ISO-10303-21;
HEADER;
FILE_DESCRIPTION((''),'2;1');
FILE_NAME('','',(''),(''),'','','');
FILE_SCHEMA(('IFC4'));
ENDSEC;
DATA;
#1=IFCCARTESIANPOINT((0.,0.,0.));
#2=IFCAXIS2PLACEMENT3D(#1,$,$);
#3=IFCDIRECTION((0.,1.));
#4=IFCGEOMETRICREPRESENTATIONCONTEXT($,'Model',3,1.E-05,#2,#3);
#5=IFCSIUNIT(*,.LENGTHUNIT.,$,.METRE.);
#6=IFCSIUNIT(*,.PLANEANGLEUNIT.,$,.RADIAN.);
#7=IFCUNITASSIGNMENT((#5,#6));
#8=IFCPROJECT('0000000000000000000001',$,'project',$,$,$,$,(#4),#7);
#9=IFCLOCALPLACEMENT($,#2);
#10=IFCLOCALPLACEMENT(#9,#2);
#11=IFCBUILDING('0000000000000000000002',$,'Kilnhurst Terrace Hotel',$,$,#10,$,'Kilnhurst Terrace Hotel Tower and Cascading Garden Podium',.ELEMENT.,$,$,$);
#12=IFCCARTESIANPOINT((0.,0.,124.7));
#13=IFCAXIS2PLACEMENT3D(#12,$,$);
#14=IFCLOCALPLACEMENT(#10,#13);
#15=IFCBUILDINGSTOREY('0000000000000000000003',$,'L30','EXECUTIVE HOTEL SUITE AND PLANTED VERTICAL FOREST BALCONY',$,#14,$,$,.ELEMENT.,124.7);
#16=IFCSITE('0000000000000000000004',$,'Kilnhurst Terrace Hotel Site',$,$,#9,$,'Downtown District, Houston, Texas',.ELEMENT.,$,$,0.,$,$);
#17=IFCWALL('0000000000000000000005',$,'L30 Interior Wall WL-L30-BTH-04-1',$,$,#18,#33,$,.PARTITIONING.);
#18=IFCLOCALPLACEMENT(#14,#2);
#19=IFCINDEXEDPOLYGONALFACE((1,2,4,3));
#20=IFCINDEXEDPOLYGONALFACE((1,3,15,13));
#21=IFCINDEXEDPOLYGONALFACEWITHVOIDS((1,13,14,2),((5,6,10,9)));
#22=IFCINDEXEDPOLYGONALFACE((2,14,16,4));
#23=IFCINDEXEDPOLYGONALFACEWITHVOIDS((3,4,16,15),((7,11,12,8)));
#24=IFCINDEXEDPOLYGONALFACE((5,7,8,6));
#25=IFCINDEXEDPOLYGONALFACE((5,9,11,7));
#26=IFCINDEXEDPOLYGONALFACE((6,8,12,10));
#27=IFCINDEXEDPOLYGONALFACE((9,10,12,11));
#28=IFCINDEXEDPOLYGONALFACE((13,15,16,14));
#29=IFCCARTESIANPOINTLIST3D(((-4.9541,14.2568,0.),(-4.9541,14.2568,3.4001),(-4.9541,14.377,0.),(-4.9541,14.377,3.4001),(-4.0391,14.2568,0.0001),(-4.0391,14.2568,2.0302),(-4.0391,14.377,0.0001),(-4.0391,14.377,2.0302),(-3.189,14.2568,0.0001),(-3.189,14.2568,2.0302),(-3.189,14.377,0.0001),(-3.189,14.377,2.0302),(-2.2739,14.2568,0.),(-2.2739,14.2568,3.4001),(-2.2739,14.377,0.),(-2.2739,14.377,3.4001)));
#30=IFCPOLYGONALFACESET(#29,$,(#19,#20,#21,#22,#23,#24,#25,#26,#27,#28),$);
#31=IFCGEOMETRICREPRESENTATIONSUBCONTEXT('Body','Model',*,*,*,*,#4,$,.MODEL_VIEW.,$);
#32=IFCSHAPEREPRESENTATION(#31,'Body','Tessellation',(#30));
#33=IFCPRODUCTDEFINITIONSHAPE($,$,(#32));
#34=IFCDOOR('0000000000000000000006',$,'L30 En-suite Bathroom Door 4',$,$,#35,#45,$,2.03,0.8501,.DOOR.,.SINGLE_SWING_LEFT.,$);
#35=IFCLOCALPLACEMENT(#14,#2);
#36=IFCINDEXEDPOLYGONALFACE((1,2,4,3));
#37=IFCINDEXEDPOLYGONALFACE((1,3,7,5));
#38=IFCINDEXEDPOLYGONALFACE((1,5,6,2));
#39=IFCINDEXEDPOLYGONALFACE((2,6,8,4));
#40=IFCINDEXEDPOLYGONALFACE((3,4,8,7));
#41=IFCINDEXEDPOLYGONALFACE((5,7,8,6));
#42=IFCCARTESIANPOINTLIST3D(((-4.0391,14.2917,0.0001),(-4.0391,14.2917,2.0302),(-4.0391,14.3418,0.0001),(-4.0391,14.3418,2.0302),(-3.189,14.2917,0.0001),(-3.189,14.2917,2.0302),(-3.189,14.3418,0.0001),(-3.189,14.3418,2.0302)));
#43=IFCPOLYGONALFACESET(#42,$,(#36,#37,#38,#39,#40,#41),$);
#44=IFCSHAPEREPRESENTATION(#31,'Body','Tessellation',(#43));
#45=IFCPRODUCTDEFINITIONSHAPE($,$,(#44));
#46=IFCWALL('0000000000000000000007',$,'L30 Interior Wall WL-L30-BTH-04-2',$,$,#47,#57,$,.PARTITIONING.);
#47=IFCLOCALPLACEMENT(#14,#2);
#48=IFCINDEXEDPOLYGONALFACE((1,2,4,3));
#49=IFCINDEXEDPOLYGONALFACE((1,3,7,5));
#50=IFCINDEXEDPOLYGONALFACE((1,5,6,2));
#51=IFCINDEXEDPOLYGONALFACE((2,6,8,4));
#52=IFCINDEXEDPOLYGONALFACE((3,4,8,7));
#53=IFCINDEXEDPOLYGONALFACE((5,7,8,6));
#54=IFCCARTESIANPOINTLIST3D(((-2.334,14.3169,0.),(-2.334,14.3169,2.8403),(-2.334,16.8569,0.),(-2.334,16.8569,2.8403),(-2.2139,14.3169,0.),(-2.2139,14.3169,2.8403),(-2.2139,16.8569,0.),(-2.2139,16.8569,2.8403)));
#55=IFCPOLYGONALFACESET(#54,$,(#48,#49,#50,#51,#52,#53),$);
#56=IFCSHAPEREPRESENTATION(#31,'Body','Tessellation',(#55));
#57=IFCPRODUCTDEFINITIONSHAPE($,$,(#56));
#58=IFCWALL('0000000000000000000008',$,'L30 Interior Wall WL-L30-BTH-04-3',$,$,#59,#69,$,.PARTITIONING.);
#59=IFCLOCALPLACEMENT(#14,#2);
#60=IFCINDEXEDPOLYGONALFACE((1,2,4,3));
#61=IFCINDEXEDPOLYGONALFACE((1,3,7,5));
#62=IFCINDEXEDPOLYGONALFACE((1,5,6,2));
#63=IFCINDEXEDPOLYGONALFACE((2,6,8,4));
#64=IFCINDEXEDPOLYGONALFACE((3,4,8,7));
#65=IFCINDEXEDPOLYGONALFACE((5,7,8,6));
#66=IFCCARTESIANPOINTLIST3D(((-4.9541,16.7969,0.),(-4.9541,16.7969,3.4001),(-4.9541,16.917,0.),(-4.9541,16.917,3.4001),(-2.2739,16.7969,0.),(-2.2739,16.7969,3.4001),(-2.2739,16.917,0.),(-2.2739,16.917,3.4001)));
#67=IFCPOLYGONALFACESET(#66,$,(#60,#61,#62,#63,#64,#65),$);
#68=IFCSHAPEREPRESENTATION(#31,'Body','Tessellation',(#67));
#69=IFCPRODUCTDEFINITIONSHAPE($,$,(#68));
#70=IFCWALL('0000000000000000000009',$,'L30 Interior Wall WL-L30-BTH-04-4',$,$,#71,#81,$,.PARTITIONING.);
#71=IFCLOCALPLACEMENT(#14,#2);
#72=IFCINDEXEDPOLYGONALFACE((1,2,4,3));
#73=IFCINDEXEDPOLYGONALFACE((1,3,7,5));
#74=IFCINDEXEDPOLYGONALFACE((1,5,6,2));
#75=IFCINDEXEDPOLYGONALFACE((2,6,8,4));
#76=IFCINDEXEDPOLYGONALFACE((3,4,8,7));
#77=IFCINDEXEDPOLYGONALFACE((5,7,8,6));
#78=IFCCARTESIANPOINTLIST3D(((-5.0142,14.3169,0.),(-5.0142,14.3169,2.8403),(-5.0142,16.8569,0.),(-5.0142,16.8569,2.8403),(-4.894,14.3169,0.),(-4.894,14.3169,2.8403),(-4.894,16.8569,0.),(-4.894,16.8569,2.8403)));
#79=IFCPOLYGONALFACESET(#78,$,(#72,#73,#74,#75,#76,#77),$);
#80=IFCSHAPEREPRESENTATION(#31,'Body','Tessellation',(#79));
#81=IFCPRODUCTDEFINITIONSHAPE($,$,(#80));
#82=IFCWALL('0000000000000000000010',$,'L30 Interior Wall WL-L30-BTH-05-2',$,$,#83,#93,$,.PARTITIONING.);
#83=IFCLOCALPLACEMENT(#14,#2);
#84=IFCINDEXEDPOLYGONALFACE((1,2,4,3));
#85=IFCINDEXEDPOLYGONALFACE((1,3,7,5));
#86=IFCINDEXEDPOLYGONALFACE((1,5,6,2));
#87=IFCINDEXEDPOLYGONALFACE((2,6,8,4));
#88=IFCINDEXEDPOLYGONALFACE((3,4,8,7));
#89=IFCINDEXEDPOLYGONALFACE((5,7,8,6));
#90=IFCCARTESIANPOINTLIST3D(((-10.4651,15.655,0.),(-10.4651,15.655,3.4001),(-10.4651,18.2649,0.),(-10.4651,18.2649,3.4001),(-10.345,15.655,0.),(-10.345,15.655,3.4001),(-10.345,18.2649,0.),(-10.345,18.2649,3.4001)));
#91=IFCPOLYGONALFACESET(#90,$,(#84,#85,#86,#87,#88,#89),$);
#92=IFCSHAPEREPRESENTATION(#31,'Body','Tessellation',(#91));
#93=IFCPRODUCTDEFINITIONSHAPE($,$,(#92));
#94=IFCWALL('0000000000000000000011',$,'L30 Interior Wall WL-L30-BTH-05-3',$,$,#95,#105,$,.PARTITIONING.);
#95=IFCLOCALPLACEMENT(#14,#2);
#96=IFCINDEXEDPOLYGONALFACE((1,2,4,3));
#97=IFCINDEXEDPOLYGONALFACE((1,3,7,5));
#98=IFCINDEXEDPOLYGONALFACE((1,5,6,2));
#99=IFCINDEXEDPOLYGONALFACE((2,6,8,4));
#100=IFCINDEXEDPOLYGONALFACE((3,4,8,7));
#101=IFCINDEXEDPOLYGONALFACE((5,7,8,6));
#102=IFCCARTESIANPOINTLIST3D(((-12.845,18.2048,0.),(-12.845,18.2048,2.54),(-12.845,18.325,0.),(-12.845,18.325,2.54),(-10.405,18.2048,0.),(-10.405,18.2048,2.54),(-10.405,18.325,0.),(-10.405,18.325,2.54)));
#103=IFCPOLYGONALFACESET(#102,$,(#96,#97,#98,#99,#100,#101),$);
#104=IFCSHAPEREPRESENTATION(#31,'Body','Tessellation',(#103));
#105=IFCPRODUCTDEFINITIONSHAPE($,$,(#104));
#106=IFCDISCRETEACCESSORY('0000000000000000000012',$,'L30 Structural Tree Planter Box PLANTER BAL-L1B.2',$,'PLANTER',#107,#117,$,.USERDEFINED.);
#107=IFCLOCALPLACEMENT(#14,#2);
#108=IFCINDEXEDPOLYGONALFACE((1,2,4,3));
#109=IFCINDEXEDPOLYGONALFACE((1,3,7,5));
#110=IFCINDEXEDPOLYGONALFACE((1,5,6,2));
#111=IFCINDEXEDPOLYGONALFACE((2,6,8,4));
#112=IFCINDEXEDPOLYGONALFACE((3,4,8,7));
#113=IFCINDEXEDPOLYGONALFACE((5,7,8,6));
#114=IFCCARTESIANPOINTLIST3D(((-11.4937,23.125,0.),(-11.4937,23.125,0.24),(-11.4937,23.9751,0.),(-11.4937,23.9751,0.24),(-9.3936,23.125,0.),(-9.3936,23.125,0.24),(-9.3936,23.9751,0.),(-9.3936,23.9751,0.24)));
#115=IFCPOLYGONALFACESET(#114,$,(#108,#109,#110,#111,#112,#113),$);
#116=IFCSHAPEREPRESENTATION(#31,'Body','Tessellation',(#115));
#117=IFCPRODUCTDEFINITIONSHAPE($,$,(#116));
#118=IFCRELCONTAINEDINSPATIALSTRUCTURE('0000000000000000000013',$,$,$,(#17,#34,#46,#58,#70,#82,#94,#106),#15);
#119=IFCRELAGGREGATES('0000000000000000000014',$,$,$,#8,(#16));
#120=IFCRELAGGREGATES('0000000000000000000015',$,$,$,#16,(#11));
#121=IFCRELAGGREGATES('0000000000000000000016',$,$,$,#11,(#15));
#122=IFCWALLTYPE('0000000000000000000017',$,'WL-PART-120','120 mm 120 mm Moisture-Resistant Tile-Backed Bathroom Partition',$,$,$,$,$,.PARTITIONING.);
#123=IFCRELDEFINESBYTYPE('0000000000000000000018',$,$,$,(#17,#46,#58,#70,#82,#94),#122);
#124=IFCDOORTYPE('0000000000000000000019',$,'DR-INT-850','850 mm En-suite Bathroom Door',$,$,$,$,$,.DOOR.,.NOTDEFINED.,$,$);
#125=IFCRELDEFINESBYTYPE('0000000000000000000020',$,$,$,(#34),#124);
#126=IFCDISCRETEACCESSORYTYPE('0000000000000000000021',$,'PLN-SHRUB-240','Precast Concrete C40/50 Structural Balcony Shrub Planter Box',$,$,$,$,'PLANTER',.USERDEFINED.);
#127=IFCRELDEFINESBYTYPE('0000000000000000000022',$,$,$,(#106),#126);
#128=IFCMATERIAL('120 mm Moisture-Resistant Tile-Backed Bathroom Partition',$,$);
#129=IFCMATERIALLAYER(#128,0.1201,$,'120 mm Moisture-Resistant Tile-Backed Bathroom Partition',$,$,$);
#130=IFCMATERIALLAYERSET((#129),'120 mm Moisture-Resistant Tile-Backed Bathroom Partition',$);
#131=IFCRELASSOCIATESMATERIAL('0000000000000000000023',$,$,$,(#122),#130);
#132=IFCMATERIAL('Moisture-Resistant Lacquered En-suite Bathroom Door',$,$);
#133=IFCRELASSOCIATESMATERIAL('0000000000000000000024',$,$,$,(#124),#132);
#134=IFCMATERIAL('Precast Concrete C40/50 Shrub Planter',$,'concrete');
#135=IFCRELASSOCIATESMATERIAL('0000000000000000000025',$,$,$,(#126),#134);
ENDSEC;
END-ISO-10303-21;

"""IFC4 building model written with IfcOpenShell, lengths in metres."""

from ifc_helpers import new_model, si_unit, direction, frame, frame_2d, origin, origin_2d, place, context, subcontext, project, spatial, rectangle, extrude, material, layer, layer_set, type_object, element, fill, save


model = new_model("IFC4")

# Units and contexts
model_context = context("Model", 3, precision=1e-05, world=origin(), true_north=direction((0.0, 1.0)))
body_context = subcontext(model_context, "Body", "Model", "MODEL_VIEW")
ifc_project = project(units=[si_unit("LENGTHUNIT", "METRE"), si_unit("PLANEANGLEUNIT", "RADIAN")], contexts=[model_context])

# Site, building, storey
site_placement = place(None, origin())
site = spatial("IfcSite", under=ifc_project, at=site_placement, Name="Kilnhurst Terrace Hotel Site", LongName="Downtown District, Houston, Texas", CompositionType="ELEMENT", RefElevation=0.0)
building_placement = place(site_placement, origin())
building = spatial("IfcBuilding", under=site, at=building_placement, Name="Kilnhurst Terrace Hotel", LongName="Kilnhurst Terrace Hotel Tower and Cascading Garden Podium", CompositionType="ELEMENT")
storey_placement = place(building_placement, frame((0.0, 0.0, 124.7)))
storey = spatial("IfcBuildingStorey", under=building, at=storey_placement, Name="L30", Description="EXECUTIVE HOTEL SUITE AND PLANTED VERTICAL FOREST BALCONY", CompositionType="ELEMENT", Elevation=124.7)

# Wall, opening, door
ifc_material_1 = material(Name="120 mm Moisture-Resistant Tile-Backed Bathroom Partition")
ifc_layer_1 = layer(ifc_material_1, 0.1201, Name="120 mm Moisture-Resistant Tile-Backed Bathroom Partition")
ifc_layer_set_1 = layer_set([ifc_layer_1], Name="120 mm Moisture-Resistant Tile-Backed Bathroom Partition")
wall_type_1 = type_object("IfcWallType", Name="WL-PART-120", Description="120 mm 120 mm Moisture-Resistant Tile-Backed Bathroom Partition", PredefinedType="PARTITIONING", material=ifc_layer_set_1)
wall_1_placement = place(storey_placement, frame((-4.9541, 14.3169, 0.0), z_axis=(0.0, 0.0, 1.0), x_axis=(1.0, 0.0, 0.0)))
wall_1 = element("IfcWall", 1, at=wall_1_placement, inside=storey, type_object=wall_type_1, Name="L30 Interior Wall WL-L30-BTH-04-1", PredefinedType="PARTITIONING", context=body_context, shape_type="SweptSolid", body=[
    extrude(rectangle(XDim=2.6802, YDim=0.1201, at=frame_2d((1.3401, 0.0))), origin(), (0.0, 0.0, 1.0), 3.4001),
])
opening_placement = place(wall_1_placement, frame((0.915, 0.0, 0.0)))
opening = element("IfcOpeningElement", 2, at=opening_placement, cuts=wall_1, PredefinedType="OPENING", context=body_context, shape_type="SweptSolid", body=[
    extrude(rectangle(XDim=0.8501, YDim=2.03, at=frame_2d((0.425, 1.0151))), frame((0.0, 0.0701, 0.0), z_axis=(0.0, -1.0, 0.0), x_axis=(1.0, 0.0, 0.0)), (0.0, 0.0, 1.0), 0.1401),
])
ifc_material_2 = material(Name="Moisture-Resistant Lacquered En-suite Bathroom Door")
door_type = type_object("IfcDoorType", Name="DR-INT-850", Description="850 mm En-suite Bathroom Door", OperationType="NOTDEFINED", PredefinedType="DOOR", material=ifc_material_2)
door_placement = place(opening_placement, origin())
door = element("IfcDoor", 3, at=door_placement, inside=storey, type_object=door_type, Name="L30 En-suite Bathroom Door 4", OperationType="SINGLE_SWING_LEFT", OverallHeight=2.03, OverallWidth=0.8501, PredefinedType="DOOR", context=body_context, shape_type="SweptSolid", body=[
    extrude(rectangle(XDim=0.8501, YDim=2.03, at=frame_2d((0.425, 1.0151))), frame((0.0, 0.0249, 0.0), z_axis=(0.0, -1.0, 0.0), x_axis=(1.0, 0.0, 0.0)), (0.0, 0.0, 1.0), 0.05),
])
fill(opening, door)

# Walls
wall_2_placement = place(storey_placement, frame((-2.2739, 14.3169, 0.0), z_axis=(0.0, 0.0, 1.0), x_axis=(0.0, 1.0, 0.0)))
element("IfcWall", 4, at=wall_2_placement, inside=storey, type_object=wall_type_1, Name="L30 Interior Wall WL-L30-BTH-04-2", PredefinedType="PARTITIONING", context=body_context, shape_type="SweptSolid", body=[
    extrude(rectangle(XDim=2.54, YDim=0.1201, at=frame_2d((1.27, 0.0))), origin(), (0.0, 0.0, 1.0), 2.8403),
])
wall_3_placement = place(storey_placement, frame((-2.2739, 16.8569, 0.0), z_axis=(0.0, 0.0, 1.0), x_axis=(-1.0, 0.0, 0.0)))
element("IfcWall", 5, at=wall_3_placement, inside=storey, type_object=wall_type_1, Name="L30 Interior Wall WL-L30-BTH-04-3", PredefinedType="PARTITIONING", context=body_context, shape_type="SweptSolid", body=[
    extrude(rectangle(XDim=2.6802, YDim=0.1201, at=frame_2d((1.3401, 0.0))), origin(), (0.0, 0.0, 1.0), 3.4001),
])
wall_4_placement = place(storey_placement, frame((-4.9541, 16.8569, 0.0), z_axis=(0.0, 0.0, 1.0), x_axis=(0.0, -1.0, 0.0)))
element("IfcWall", 6, at=wall_4_placement, inside=storey, type_object=wall_type_1, Name="L30 Interior Wall WL-L30-BTH-04-4", PredefinedType="PARTITIONING", context=body_context, shape_type="SweptSolid", body=[
    extrude(rectangle(XDim=2.54, YDim=0.1201, at=frame_2d((1.27, 0.0))), origin(), (0.0, 0.0, 1.0), 2.8403),
])
wall_5_placement = place(storey_placement, frame((-10.405, 15.655, 0.0), z_axis=(0.0, 0.0, 1.0), x_axis=(0.0, 1.0, 0.0)))
element("IfcWall", 7, at=wall_5_placement, inside=storey, type_object=wall_type_1, Name="L30 Interior Wall WL-L30-BTH-05-2", PredefinedType="PARTITIONING", context=body_context, shape_type="SweptSolid", body=[
    extrude(rectangle(XDim=2.6099, YDim=0.1201, at=frame_2d((1.3049, 0.0))), origin(), (0.0, 0.0, 1.0), 3.4001),
])
wall_6_placement = place(storey_placement, frame((-10.405, 18.2649, 0.0), z_axis=(0.0, 0.0, 1.0), x_axis=(-1.0, 0.0, 0.0)))
element("IfcWall", 8, at=wall_6_placement, inside=storey, type_object=wall_type_1, Name="L30 Interior Wall WL-L30-BTH-05-3", PredefinedType="PARTITIONING", context=body_context, shape_type="SweptSolid", body=[
    extrude(rectangle(XDim=2.4399, YDim=0.1201, at=frame_2d((1.22, 0.0))), origin(), (0.0, 0.0, 1.0), 2.54),
])

# Discrete accessory
ifc_material_3 = material(Name="Precast Concrete C40/50 Shrub Planter", Category="concrete")
discrete_accessory_type = type_object("IfcDiscreteAccessoryType", Name="PLN-SHRUB-240", Description="Precast Concrete C40/50 Structural Balcony Shrub Planter Box", ElementType="PLANTER", PredefinedType="USERDEFINED", material=ifc_material_3)
discrete_accessory_placement = place(storey_placement, frame((-10.4436, 23.55, 0.0), z_axis=(0.0, 0.0, 1.0), x_axis=(-1.0, 0.0, 0.0)))
element("IfcDiscreteAccessory", 9, at=discrete_accessory_placement, inside=storey, type_object=discrete_accessory_type, Name="L30 Structural Tree Planter Box PLANTER BAL-L1B.2", ObjectType="PLANTER", PredefinedType="USERDEFINED", context=body_context, shape_type="SweptSolid", body=[
    extrude(rectangle(XDim=2.1001, YDim=0.8501, at=origin_2d()), origin(), (0.0, 0.0, 1.0), 0.24),
])

save(model, "model.ifc")
